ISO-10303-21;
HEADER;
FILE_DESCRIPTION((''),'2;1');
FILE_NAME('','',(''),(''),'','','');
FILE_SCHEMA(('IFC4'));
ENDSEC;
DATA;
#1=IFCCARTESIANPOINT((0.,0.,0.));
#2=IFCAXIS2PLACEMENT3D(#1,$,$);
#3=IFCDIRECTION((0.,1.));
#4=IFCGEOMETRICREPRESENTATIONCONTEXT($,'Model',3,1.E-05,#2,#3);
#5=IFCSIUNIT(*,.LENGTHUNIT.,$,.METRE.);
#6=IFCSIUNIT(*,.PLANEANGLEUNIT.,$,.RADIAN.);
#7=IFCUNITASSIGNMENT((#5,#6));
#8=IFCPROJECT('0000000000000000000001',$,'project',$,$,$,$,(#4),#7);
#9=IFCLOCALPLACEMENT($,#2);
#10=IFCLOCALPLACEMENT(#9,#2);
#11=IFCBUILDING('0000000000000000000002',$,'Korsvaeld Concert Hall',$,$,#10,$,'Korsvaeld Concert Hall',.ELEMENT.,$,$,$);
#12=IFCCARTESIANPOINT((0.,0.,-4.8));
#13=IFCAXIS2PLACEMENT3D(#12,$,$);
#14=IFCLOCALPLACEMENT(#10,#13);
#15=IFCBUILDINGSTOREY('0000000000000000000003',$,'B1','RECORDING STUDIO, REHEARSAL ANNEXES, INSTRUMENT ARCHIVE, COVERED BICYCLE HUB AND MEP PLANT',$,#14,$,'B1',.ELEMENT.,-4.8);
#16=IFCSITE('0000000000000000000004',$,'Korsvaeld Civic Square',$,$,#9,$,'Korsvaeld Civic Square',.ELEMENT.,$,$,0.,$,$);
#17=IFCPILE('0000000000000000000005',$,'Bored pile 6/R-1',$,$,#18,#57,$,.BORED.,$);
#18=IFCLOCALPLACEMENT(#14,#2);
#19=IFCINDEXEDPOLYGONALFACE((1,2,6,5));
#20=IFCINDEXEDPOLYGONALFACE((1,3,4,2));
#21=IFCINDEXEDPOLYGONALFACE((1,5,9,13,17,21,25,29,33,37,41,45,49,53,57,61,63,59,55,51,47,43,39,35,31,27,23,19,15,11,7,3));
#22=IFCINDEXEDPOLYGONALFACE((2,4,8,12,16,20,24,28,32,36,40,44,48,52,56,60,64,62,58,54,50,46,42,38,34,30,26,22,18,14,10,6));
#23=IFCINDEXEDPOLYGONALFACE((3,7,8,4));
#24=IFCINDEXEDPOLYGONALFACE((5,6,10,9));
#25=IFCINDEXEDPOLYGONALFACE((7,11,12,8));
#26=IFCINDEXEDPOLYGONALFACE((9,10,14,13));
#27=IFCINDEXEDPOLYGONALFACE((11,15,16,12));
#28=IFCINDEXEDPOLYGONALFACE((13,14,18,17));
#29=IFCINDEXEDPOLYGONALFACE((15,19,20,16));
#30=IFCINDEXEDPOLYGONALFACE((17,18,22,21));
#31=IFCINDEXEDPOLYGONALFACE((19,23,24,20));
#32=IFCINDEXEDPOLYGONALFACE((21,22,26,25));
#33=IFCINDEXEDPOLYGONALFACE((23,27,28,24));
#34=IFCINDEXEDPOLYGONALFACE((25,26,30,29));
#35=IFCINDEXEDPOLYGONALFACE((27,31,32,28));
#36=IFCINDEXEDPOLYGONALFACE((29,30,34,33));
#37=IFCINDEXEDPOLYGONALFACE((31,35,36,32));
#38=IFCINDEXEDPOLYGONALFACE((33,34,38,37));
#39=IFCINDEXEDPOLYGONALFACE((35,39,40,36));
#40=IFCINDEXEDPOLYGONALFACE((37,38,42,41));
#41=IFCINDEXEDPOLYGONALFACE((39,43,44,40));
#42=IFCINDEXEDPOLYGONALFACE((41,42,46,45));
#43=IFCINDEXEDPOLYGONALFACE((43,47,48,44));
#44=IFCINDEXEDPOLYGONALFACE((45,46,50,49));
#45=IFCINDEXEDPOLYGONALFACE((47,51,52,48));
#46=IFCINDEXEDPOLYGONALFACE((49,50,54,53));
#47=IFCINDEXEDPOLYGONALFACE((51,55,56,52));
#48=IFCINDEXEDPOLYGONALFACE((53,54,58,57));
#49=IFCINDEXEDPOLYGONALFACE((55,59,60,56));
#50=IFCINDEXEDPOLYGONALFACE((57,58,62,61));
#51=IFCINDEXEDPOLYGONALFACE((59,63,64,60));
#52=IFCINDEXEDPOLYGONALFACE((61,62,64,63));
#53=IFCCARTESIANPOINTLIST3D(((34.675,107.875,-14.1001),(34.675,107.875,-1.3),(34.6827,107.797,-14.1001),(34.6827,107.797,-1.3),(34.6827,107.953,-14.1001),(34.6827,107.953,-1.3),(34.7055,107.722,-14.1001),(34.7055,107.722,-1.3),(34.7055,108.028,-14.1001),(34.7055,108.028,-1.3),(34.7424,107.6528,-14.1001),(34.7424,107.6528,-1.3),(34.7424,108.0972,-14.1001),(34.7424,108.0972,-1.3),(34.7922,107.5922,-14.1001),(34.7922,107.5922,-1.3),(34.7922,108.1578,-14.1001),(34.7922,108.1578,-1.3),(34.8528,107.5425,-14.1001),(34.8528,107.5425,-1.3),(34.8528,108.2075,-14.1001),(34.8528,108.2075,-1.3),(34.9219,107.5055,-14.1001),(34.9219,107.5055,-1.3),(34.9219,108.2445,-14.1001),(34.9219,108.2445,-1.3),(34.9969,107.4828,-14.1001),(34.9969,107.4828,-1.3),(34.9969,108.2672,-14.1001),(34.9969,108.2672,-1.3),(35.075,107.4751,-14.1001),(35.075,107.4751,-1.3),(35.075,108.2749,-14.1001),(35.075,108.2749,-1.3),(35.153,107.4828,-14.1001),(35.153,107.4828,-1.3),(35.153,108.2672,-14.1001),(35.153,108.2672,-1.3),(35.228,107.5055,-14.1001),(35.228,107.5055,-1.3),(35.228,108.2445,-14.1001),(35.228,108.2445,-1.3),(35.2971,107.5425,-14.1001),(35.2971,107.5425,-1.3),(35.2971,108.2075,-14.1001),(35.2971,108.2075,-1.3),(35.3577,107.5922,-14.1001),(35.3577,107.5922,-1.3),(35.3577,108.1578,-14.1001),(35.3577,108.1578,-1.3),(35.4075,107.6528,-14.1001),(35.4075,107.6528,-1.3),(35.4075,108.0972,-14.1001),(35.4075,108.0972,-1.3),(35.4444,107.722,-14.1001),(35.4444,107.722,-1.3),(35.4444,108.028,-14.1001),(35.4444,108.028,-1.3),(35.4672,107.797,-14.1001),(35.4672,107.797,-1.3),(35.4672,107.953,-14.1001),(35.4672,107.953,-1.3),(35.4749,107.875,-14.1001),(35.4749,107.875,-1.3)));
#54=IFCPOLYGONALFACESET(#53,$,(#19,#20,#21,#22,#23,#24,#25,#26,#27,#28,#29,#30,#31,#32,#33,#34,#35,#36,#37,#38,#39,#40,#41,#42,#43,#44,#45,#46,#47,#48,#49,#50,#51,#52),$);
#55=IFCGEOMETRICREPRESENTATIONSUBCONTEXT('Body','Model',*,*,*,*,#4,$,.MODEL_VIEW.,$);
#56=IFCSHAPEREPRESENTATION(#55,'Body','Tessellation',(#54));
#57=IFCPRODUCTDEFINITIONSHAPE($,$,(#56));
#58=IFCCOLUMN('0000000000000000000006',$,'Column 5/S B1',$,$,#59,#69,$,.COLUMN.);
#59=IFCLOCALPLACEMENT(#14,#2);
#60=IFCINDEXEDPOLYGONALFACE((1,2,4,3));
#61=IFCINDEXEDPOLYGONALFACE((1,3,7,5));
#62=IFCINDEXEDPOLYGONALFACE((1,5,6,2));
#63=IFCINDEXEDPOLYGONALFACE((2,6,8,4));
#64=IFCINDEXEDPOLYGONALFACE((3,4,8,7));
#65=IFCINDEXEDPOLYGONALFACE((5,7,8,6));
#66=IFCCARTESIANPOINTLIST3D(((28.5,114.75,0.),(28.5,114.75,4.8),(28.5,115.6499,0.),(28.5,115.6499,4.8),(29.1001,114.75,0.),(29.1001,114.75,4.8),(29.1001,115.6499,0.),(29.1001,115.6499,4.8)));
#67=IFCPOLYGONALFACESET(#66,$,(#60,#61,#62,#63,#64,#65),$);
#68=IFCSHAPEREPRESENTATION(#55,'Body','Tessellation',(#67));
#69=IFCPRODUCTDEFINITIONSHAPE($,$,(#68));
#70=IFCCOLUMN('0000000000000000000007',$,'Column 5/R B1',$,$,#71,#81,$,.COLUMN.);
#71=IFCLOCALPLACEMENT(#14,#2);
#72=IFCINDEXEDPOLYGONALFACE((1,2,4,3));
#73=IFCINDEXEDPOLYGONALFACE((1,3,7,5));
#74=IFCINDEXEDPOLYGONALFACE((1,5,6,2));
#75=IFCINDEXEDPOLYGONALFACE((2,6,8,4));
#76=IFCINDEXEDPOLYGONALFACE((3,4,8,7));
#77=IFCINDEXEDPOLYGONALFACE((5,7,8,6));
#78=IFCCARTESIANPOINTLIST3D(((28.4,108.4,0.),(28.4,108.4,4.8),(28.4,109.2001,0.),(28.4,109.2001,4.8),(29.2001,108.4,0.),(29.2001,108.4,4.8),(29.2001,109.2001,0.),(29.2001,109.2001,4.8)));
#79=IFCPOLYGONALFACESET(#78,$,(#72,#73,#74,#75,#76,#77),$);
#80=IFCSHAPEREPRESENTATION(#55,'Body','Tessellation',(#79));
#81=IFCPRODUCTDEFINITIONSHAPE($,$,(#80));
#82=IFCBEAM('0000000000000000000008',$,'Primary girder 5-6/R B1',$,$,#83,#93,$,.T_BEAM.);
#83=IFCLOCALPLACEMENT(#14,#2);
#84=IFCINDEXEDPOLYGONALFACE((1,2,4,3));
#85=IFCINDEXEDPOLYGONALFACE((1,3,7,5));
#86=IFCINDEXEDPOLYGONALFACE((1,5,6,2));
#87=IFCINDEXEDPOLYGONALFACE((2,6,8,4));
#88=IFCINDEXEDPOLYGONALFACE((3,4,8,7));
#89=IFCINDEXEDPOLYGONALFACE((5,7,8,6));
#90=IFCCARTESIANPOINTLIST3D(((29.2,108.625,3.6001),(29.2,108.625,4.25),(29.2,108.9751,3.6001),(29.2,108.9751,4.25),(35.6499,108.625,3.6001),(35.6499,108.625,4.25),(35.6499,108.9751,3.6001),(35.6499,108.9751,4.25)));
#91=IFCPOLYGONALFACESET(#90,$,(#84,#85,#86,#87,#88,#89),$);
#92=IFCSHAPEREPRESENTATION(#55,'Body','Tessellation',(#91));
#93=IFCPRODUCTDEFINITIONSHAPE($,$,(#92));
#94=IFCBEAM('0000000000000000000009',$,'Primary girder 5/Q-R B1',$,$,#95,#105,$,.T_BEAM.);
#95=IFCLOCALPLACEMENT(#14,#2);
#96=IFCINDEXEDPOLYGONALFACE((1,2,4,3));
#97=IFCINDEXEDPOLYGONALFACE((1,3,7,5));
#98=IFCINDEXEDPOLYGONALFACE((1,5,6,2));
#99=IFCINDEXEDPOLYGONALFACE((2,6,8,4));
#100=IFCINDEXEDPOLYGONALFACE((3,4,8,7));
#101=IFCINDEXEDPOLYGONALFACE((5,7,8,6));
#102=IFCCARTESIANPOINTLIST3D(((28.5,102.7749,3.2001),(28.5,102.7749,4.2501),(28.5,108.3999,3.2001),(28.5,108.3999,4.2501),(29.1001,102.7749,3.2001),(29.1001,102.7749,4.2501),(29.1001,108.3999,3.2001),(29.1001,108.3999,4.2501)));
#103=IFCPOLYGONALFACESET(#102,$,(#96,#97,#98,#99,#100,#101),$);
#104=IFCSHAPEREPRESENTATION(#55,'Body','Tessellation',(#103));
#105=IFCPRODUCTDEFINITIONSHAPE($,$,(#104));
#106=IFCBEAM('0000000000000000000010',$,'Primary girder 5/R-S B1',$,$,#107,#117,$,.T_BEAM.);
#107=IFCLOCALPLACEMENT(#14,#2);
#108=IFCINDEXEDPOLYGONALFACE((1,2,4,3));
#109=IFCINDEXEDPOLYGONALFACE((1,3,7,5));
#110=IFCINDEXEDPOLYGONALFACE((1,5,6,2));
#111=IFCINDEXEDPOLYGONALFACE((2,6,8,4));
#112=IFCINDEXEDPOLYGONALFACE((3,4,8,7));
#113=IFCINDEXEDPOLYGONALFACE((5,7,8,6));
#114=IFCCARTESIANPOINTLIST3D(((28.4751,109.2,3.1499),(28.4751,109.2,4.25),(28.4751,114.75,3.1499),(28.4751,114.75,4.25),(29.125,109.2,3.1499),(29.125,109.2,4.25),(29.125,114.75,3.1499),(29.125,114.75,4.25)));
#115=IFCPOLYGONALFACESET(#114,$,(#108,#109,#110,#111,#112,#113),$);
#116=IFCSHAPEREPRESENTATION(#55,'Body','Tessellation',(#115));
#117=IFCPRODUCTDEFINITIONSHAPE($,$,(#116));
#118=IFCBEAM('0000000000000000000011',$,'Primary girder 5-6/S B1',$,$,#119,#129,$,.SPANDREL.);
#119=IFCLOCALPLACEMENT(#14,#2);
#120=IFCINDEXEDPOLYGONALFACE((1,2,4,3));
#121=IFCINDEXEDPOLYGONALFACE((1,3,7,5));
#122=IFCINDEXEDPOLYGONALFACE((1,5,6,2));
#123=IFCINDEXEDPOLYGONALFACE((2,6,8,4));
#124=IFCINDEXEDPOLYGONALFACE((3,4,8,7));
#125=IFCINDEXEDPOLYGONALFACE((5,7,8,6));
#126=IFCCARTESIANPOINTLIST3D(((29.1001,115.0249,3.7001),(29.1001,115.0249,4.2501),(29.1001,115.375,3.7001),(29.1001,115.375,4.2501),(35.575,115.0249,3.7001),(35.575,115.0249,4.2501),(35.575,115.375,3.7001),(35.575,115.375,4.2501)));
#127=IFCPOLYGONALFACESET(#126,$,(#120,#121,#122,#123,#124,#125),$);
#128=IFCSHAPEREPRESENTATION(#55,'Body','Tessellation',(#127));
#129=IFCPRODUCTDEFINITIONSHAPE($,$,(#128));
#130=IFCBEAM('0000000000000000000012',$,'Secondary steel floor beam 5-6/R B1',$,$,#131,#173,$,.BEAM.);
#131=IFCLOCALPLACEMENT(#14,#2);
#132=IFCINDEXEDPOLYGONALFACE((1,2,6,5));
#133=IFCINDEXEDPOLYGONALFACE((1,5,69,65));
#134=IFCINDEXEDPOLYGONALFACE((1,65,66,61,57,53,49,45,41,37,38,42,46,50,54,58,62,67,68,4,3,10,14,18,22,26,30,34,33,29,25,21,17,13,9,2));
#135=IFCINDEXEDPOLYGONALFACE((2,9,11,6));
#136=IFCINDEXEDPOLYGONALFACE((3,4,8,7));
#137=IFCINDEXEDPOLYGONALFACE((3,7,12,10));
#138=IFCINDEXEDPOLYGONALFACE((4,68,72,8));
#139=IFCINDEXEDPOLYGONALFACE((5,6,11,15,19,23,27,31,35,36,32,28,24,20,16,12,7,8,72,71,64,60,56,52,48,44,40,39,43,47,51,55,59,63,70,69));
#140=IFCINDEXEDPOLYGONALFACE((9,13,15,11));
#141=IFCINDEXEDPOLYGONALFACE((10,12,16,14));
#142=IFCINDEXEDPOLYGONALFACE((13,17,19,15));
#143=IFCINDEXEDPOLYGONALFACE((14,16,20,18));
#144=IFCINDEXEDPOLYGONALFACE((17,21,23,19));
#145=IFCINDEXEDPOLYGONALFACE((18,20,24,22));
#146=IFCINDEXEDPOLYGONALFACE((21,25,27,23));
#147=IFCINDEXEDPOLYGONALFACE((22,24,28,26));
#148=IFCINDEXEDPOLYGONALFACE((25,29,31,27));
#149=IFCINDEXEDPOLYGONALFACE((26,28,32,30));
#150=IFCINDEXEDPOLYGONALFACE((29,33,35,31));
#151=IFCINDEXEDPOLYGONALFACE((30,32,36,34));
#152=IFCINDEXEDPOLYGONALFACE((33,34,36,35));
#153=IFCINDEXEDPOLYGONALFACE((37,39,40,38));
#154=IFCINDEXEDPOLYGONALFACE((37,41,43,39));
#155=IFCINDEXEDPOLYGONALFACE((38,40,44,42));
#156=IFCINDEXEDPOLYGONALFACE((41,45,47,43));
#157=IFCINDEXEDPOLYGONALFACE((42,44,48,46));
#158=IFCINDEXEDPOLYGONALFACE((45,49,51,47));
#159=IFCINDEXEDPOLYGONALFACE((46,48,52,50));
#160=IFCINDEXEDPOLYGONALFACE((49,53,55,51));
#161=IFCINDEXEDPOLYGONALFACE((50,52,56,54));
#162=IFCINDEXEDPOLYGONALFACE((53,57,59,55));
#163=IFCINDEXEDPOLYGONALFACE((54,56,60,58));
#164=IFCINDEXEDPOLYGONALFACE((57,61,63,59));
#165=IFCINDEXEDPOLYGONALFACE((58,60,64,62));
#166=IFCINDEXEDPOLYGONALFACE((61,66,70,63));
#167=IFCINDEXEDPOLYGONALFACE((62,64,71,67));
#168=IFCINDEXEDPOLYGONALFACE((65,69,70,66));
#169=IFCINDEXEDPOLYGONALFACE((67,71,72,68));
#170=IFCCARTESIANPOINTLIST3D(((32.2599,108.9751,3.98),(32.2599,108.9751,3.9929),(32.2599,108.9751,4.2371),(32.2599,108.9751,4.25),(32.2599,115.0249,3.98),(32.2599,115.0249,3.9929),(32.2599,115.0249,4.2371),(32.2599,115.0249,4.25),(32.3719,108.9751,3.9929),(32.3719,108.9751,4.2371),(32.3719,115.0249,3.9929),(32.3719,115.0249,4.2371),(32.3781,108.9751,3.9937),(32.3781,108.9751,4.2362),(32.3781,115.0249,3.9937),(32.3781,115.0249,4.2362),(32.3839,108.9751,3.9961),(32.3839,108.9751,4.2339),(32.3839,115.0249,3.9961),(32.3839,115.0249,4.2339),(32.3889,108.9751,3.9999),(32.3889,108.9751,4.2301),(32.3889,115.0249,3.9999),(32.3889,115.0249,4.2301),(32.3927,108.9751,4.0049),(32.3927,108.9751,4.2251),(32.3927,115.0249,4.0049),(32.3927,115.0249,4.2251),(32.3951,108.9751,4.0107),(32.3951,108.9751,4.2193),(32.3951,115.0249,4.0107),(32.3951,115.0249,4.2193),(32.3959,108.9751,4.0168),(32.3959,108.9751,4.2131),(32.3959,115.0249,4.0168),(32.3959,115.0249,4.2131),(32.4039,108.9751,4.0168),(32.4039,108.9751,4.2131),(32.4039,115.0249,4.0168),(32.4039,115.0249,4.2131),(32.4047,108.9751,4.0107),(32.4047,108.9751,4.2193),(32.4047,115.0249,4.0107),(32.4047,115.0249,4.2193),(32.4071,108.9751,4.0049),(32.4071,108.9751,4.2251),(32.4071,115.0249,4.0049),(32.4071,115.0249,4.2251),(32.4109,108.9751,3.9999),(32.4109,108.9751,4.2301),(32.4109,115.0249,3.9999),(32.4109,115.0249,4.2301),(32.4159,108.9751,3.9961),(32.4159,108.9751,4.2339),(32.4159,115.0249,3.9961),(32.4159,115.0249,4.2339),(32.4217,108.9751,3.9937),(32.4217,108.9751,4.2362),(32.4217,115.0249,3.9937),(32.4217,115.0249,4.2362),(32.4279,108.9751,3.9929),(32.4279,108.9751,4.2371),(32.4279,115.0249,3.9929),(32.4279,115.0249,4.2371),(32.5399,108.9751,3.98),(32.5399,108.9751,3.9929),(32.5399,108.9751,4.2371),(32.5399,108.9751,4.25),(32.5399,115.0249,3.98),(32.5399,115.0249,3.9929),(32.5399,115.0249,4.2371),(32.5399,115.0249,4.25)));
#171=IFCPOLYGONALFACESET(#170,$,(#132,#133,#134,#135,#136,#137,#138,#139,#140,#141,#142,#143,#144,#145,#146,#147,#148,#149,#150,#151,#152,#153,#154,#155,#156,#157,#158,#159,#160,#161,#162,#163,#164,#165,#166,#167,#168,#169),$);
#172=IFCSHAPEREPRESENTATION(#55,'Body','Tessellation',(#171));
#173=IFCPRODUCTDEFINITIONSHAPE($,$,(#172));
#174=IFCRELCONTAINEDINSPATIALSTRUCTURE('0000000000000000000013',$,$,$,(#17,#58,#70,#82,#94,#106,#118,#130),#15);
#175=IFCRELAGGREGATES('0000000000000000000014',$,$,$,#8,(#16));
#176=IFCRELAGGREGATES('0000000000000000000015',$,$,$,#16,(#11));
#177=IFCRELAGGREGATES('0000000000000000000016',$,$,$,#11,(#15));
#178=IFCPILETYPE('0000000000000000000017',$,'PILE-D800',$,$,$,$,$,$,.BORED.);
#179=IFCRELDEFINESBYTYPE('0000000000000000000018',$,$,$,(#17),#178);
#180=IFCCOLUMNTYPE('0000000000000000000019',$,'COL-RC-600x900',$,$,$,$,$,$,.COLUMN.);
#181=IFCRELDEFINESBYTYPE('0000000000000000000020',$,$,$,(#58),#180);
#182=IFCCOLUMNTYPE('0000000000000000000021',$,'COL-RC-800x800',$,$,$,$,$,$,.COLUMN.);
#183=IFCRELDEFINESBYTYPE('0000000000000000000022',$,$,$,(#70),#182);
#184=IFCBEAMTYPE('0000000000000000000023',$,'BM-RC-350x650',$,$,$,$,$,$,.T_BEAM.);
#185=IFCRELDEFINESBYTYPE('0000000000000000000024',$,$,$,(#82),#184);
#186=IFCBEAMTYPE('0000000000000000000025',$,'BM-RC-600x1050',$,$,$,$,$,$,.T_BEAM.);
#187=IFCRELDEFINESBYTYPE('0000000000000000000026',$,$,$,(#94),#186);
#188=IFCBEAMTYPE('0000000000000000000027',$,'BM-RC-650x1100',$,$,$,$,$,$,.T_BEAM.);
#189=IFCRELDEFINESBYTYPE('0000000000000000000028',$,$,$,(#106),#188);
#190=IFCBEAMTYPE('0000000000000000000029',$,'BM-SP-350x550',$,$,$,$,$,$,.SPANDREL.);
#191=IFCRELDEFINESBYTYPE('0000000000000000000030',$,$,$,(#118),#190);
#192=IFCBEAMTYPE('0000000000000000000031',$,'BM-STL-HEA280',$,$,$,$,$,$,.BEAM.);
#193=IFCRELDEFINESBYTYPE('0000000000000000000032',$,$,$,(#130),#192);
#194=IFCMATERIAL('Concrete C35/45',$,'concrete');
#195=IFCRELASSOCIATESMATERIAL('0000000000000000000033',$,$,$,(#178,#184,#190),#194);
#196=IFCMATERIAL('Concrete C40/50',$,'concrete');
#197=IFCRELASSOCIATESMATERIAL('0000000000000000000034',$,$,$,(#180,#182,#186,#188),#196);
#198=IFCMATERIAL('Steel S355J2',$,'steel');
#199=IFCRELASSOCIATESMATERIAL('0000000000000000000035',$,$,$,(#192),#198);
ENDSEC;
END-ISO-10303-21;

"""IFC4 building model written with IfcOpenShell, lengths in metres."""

from ifc_helpers import new_model, si_unit, direction, frame, origin, origin_2d, place, context, subcontext, project, spatial, rectangle, circle, i_section, extrude, material, material_profile, profile_set, type_object, element, save


model = new_model("IFC4")

# Units and contexts
model_context = context("Model", 3, precision=1e-05, world=origin(), true_north=direction((0.0, 1.0)))
body_context = subcontext(model_context, "Body", "Model", "MODEL_VIEW")
ifc_project = project(units=[si_unit("LENGTHUNIT", "METRE"), si_unit("PLANEANGLEUNIT", "RADIAN")], contexts=[model_context])

# Site, building, storey
site_placement = place(None, origin())
site = spatial("IfcSite", under=ifc_project, at=site_placement, Name="Korsvaeld Civic Square", LongName="Korsvaeld Civic Square", CompositionType="ELEMENT", RefElevation=0.0)
building_placement = place(site_placement, origin())
building = spatial("IfcBuilding", under=site, at=building_placement, Name="Korsvaeld Concert Hall", LongName="Korsvaeld Concert Hall", CompositionType="ELEMENT")
storey_placement = place(building_placement, frame((0.0, 0.0, -4.8)))
storey = spatial("IfcBuildingStorey", under=building, at=storey_placement, Name="B1", Description="RECORDING STUDIO, REHEARSAL ANNEXES, INSTRUMENT ARCHIVE, COVERED BICYCLE HUB AND MEP PLANT", LongName="B1", CompositionType="ELEMENT", Elevation=-4.8)

# Shared definitions
ifc_material_1 = material(Name="Concrete C35/45", Category="concrete")

# Pile
ifc_material_profile_1 = material_profile(ifc_material_1, circle(Radius=0.3999, at=origin_2d()), Name="BORED PILE D800")
ifc_profile_set_1 = profile_set([ifc_material_profile_1], Name="Concrete C35/45")
pile_type_1 = type_object("IfcPileType", Name="PILE-D800", PredefinedType="BORED", material=ifc_profile_set_1)
pile_placement = place(storey_placement, frame((35.075, 107.875, -1.3), z_axis=(0.0, 0.0, -1.0), x_axis=(1.0, 0.0, 0.0)))
element("IfcPile", 1, at=pile_placement, inside=storey, type_object=pile_type_1, Name="Bored pile 6/R-1", PredefinedType="BORED", context=body_context, shape_type="SweptSolid", body=[
    extrude(circle(Radius=0.3999, at=origin_2d()), origin(), (0.0, 0.0, 1.0), 12.8),
])

# Columns
ifc_material_2 = material(Name="Concrete C40/50", Category="concrete")
ifc_material_profile_2 = material_profile(ifc_material_2, rectangle(XDim=0.6001, YDim=0.8999, at=origin_2d()), Name="RC 600x900")
ifc_profile_set_2 = profile_set([ifc_material_profile_2], Name="Concrete C40/50")
column_type_1 = type_object("IfcColumnType", Name="COL-RC-600x900", PredefinedType="COLUMN", material=ifc_profile_set_2)
column_1_placement = place(storey_placement, frame((28.8, 115.2, 0.0), z_axis=(0.0, 0.0, 1.0), x_axis=(1.0, 0.0, 0.0)))
element("IfcColumn", 2, at=column_1_placement, inside=storey, type_object=column_type_1, Name="Column 5/S B1", PredefinedType="COLUMN", context=body_context, shape_type="SweptSolid", body=[
    extrude(rectangle(XDim=0.6001, YDim=0.8999, at=origin_2d()), origin(), (0.0, 0.0, 1.0), 4.8),
])
ifc_material_profile_3 = material_profile(ifc_material_2, rectangle(XDim=0.8, YDim=0.8, at=origin_2d()), Name="RC 800x800")
ifc_profile_set_3 = profile_set([ifc_material_profile_3], Name="Concrete C40/50")
column_type_2 = type_object("IfcColumnType", Name="COL-RC-800x800", PredefinedType="COLUMN", material=ifc_profile_set_3)
column_2_placement = place(storey_placement, frame((28.8, 108.8, 0.0), z_axis=(0.0, 0.0, 1.0), x_axis=(1.0, 0.0, 0.0)))
element("IfcColumn", 3, at=column_2_placement, inside=storey, type_object=column_type_2, Name="Column 5/R B1", PredefinedType="COLUMN", context=body_context, shape_type="SweptSolid", body=[
    extrude(rectangle(XDim=0.8, YDim=0.8, at=origin_2d()), origin(), (0.0, 0.0, 1.0), 4.8),
])

# Beams
ifc_material_profile_4 = material_profile(ifc_material_1, rectangle(XDim=0.3501, YDim=0.6499, at=origin_2d()), Name="RC 350x650")
ifc_profile_set_4 = profile_set([ifc_material_profile_4], Name="Concrete C35/45")
beam_type_1 = type_object("IfcBeamType", Name="BM-RC-350x650", PredefinedType="T_BEAM", material=ifc_profile_set_4)
beam_1_placement = place(storey_placement, frame((29.2, 108.8, 3.925), z_axis=(1.0, 0.0, 0.0), x_axis=(0.0, 1.0, 0.0)))
element("IfcBeam", 4, at=beam_1_placement, inside=storey, type_object=beam_type_1, Name="Primary girder 5-6/R B1", PredefinedType="T_BEAM", context=body_context, shape_type="SweptSolid", body=[
    extrude(rectangle(XDim=0.3501, YDim=0.6499, at=origin_2d()), origin(), (0.0, 0.0, 1.0), 6.45),
])
ifc_material_profile_5 = material_profile(ifc_material_2, rectangle(XDim=0.6001, YDim=1.05, at=origin_2d()), Name="RC 600x1050")
ifc_profile_set_5 = profile_set([ifc_material_profile_5], Name="Concrete C40/50")
beam_type_2 = type_object("IfcBeamType", Name="BM-RC-600x1050", PredefinedType="T_BEAM", material=ifc_profile_set_5)
beam_2_placement = place(storey_placement, frame((28.8, 102.7749, 3.7251), z_axis=(0.0, 1.0, 0.0), x_axis=(-1.0, 0.0, 0.0)))
element("IfcBeam", 5, at=beam_2_placement, inside=storey, type_object=beam_type_2, Name="Primary girder 5/Q-R B1", PredefinedType="T_BEAM", context=body_context, shape_type="SweptSolid", body=[
    extrude(rectangle(XDim=0.6001, YDim=1.05, at=origin_2d()), origin(), (0.0, 0.0, 1.0), 5.625),
])
ifc_material_profile_6 = material_profile(ifc_material_2, rectangle(XDim=0.6499, YDim=1.1001, at=origin_2d()), Name="RC 650x1100")
ifc_profile_set_6 = profile_set([ifc_material_profile_6], Name="Concrete C40/50")
beam_type_3 = type_object("IfcBeamType", Name="BM-RC-650x1100", PredefinedType="T_BEAM", material=ifc_profile_set_6)
beam_3_placement = place(storey_placement, frame((28.8, 109.2, 3.7), z_axis=(0.0, 1.0, 0.0), x_axis=(-1.0, 0.0, 0.0)))
element("IfcBeam", 6, at=beam_3_placement, inside=storey, type_object=beam_type_3, Name="Primary girder 5/R-S B1", PredefinedType="T_BEAM", context=body_context, shape_type="SweptSolid", body=[
    extrude(rectangle(XDim=0.6499, YDim=1.1001, at=origin_2d()), origin(), (0.0, 0.0, 1.0), 5.55),
])
ifc_material_profile_7 = material_profile(ifc_material_1, rectangle(XDim=0.3501, YDim=0.55, at=origin_2d()), Name="RC 350x550")
ifc_profile_set_7 = profile_set([ifc_material_profile_7], Name="Concrete C35/45")
beam_type_4 = type_object("IfcBeamType", Name="BM-SP-350x550", PredefinedType="SPANDREL", material=ifc_profile_set_7)
beam_4_placement = place(storey_placement, frame((29.1001, 115.2, 3.9751), z_axis=(1.0, 0.0, 0.0), x_axis=(0.0, 1.0, 0.0)))
element("IfcBeam", 7, at=beam_4_placement, inside=storey, type_object=beam_type_4, Name="Primary girder 5-6/S B1", PredefinedType="SPANDREL", context=body_context, shape_type="SweptSolid", body=[
    extrude(rectangle(XDim=0.3501, YDim=0.55, at=origin_2d()), origin(), (0.0, 0.0, 1.0), 6.4749),
])
ifc_material_3 = material(Name="Steel S355J2", Category="steel")
ifc_material_profile_8 = material_profile(ifc_material_3, i_section(OverallWidth=0.28, OverallDepth=0.27, WebThickness=0.0081, FlangeThickness=0.0129, FilletRadius=0.0239, at=origin_2d()), Name="HEA 280")
ifc_profile_set_8 = profile_set([ifc_material_profile_8], Name="Steel S355J2")
beam_type_5 = type_object("IfcBeamType", Name="BM-STL-HEA280", PredefinedType="BEAM", material=ifc_profile_set_8)
beam_5_placement = place(storey_placement, frame((32.3999, 108.9751, 4.115), z_axis=(0.0, 1.0, 0.0), x_axis=(-1.0, 0.0, 0.0)))
element("IfcBeam", 8, at=beam_5_placement, inside=storey, type_object=beam_type_5, Name="Secondary steel floor beam 5-6/R B1", PredefinedType="BEAM", context=body_context, shape_type="SweptSolid", body=[
    extrude(i_section(OverallWidth=0.28, OverallDepth=0.27, WebThickness=0.0081, FlangeThickness=0.0129, FilletRadius=0.0239, at=origin_2d()), origin(), (0.0, 0.0, 1.0), 6.0498),
])

save(model, "model.ifc")
